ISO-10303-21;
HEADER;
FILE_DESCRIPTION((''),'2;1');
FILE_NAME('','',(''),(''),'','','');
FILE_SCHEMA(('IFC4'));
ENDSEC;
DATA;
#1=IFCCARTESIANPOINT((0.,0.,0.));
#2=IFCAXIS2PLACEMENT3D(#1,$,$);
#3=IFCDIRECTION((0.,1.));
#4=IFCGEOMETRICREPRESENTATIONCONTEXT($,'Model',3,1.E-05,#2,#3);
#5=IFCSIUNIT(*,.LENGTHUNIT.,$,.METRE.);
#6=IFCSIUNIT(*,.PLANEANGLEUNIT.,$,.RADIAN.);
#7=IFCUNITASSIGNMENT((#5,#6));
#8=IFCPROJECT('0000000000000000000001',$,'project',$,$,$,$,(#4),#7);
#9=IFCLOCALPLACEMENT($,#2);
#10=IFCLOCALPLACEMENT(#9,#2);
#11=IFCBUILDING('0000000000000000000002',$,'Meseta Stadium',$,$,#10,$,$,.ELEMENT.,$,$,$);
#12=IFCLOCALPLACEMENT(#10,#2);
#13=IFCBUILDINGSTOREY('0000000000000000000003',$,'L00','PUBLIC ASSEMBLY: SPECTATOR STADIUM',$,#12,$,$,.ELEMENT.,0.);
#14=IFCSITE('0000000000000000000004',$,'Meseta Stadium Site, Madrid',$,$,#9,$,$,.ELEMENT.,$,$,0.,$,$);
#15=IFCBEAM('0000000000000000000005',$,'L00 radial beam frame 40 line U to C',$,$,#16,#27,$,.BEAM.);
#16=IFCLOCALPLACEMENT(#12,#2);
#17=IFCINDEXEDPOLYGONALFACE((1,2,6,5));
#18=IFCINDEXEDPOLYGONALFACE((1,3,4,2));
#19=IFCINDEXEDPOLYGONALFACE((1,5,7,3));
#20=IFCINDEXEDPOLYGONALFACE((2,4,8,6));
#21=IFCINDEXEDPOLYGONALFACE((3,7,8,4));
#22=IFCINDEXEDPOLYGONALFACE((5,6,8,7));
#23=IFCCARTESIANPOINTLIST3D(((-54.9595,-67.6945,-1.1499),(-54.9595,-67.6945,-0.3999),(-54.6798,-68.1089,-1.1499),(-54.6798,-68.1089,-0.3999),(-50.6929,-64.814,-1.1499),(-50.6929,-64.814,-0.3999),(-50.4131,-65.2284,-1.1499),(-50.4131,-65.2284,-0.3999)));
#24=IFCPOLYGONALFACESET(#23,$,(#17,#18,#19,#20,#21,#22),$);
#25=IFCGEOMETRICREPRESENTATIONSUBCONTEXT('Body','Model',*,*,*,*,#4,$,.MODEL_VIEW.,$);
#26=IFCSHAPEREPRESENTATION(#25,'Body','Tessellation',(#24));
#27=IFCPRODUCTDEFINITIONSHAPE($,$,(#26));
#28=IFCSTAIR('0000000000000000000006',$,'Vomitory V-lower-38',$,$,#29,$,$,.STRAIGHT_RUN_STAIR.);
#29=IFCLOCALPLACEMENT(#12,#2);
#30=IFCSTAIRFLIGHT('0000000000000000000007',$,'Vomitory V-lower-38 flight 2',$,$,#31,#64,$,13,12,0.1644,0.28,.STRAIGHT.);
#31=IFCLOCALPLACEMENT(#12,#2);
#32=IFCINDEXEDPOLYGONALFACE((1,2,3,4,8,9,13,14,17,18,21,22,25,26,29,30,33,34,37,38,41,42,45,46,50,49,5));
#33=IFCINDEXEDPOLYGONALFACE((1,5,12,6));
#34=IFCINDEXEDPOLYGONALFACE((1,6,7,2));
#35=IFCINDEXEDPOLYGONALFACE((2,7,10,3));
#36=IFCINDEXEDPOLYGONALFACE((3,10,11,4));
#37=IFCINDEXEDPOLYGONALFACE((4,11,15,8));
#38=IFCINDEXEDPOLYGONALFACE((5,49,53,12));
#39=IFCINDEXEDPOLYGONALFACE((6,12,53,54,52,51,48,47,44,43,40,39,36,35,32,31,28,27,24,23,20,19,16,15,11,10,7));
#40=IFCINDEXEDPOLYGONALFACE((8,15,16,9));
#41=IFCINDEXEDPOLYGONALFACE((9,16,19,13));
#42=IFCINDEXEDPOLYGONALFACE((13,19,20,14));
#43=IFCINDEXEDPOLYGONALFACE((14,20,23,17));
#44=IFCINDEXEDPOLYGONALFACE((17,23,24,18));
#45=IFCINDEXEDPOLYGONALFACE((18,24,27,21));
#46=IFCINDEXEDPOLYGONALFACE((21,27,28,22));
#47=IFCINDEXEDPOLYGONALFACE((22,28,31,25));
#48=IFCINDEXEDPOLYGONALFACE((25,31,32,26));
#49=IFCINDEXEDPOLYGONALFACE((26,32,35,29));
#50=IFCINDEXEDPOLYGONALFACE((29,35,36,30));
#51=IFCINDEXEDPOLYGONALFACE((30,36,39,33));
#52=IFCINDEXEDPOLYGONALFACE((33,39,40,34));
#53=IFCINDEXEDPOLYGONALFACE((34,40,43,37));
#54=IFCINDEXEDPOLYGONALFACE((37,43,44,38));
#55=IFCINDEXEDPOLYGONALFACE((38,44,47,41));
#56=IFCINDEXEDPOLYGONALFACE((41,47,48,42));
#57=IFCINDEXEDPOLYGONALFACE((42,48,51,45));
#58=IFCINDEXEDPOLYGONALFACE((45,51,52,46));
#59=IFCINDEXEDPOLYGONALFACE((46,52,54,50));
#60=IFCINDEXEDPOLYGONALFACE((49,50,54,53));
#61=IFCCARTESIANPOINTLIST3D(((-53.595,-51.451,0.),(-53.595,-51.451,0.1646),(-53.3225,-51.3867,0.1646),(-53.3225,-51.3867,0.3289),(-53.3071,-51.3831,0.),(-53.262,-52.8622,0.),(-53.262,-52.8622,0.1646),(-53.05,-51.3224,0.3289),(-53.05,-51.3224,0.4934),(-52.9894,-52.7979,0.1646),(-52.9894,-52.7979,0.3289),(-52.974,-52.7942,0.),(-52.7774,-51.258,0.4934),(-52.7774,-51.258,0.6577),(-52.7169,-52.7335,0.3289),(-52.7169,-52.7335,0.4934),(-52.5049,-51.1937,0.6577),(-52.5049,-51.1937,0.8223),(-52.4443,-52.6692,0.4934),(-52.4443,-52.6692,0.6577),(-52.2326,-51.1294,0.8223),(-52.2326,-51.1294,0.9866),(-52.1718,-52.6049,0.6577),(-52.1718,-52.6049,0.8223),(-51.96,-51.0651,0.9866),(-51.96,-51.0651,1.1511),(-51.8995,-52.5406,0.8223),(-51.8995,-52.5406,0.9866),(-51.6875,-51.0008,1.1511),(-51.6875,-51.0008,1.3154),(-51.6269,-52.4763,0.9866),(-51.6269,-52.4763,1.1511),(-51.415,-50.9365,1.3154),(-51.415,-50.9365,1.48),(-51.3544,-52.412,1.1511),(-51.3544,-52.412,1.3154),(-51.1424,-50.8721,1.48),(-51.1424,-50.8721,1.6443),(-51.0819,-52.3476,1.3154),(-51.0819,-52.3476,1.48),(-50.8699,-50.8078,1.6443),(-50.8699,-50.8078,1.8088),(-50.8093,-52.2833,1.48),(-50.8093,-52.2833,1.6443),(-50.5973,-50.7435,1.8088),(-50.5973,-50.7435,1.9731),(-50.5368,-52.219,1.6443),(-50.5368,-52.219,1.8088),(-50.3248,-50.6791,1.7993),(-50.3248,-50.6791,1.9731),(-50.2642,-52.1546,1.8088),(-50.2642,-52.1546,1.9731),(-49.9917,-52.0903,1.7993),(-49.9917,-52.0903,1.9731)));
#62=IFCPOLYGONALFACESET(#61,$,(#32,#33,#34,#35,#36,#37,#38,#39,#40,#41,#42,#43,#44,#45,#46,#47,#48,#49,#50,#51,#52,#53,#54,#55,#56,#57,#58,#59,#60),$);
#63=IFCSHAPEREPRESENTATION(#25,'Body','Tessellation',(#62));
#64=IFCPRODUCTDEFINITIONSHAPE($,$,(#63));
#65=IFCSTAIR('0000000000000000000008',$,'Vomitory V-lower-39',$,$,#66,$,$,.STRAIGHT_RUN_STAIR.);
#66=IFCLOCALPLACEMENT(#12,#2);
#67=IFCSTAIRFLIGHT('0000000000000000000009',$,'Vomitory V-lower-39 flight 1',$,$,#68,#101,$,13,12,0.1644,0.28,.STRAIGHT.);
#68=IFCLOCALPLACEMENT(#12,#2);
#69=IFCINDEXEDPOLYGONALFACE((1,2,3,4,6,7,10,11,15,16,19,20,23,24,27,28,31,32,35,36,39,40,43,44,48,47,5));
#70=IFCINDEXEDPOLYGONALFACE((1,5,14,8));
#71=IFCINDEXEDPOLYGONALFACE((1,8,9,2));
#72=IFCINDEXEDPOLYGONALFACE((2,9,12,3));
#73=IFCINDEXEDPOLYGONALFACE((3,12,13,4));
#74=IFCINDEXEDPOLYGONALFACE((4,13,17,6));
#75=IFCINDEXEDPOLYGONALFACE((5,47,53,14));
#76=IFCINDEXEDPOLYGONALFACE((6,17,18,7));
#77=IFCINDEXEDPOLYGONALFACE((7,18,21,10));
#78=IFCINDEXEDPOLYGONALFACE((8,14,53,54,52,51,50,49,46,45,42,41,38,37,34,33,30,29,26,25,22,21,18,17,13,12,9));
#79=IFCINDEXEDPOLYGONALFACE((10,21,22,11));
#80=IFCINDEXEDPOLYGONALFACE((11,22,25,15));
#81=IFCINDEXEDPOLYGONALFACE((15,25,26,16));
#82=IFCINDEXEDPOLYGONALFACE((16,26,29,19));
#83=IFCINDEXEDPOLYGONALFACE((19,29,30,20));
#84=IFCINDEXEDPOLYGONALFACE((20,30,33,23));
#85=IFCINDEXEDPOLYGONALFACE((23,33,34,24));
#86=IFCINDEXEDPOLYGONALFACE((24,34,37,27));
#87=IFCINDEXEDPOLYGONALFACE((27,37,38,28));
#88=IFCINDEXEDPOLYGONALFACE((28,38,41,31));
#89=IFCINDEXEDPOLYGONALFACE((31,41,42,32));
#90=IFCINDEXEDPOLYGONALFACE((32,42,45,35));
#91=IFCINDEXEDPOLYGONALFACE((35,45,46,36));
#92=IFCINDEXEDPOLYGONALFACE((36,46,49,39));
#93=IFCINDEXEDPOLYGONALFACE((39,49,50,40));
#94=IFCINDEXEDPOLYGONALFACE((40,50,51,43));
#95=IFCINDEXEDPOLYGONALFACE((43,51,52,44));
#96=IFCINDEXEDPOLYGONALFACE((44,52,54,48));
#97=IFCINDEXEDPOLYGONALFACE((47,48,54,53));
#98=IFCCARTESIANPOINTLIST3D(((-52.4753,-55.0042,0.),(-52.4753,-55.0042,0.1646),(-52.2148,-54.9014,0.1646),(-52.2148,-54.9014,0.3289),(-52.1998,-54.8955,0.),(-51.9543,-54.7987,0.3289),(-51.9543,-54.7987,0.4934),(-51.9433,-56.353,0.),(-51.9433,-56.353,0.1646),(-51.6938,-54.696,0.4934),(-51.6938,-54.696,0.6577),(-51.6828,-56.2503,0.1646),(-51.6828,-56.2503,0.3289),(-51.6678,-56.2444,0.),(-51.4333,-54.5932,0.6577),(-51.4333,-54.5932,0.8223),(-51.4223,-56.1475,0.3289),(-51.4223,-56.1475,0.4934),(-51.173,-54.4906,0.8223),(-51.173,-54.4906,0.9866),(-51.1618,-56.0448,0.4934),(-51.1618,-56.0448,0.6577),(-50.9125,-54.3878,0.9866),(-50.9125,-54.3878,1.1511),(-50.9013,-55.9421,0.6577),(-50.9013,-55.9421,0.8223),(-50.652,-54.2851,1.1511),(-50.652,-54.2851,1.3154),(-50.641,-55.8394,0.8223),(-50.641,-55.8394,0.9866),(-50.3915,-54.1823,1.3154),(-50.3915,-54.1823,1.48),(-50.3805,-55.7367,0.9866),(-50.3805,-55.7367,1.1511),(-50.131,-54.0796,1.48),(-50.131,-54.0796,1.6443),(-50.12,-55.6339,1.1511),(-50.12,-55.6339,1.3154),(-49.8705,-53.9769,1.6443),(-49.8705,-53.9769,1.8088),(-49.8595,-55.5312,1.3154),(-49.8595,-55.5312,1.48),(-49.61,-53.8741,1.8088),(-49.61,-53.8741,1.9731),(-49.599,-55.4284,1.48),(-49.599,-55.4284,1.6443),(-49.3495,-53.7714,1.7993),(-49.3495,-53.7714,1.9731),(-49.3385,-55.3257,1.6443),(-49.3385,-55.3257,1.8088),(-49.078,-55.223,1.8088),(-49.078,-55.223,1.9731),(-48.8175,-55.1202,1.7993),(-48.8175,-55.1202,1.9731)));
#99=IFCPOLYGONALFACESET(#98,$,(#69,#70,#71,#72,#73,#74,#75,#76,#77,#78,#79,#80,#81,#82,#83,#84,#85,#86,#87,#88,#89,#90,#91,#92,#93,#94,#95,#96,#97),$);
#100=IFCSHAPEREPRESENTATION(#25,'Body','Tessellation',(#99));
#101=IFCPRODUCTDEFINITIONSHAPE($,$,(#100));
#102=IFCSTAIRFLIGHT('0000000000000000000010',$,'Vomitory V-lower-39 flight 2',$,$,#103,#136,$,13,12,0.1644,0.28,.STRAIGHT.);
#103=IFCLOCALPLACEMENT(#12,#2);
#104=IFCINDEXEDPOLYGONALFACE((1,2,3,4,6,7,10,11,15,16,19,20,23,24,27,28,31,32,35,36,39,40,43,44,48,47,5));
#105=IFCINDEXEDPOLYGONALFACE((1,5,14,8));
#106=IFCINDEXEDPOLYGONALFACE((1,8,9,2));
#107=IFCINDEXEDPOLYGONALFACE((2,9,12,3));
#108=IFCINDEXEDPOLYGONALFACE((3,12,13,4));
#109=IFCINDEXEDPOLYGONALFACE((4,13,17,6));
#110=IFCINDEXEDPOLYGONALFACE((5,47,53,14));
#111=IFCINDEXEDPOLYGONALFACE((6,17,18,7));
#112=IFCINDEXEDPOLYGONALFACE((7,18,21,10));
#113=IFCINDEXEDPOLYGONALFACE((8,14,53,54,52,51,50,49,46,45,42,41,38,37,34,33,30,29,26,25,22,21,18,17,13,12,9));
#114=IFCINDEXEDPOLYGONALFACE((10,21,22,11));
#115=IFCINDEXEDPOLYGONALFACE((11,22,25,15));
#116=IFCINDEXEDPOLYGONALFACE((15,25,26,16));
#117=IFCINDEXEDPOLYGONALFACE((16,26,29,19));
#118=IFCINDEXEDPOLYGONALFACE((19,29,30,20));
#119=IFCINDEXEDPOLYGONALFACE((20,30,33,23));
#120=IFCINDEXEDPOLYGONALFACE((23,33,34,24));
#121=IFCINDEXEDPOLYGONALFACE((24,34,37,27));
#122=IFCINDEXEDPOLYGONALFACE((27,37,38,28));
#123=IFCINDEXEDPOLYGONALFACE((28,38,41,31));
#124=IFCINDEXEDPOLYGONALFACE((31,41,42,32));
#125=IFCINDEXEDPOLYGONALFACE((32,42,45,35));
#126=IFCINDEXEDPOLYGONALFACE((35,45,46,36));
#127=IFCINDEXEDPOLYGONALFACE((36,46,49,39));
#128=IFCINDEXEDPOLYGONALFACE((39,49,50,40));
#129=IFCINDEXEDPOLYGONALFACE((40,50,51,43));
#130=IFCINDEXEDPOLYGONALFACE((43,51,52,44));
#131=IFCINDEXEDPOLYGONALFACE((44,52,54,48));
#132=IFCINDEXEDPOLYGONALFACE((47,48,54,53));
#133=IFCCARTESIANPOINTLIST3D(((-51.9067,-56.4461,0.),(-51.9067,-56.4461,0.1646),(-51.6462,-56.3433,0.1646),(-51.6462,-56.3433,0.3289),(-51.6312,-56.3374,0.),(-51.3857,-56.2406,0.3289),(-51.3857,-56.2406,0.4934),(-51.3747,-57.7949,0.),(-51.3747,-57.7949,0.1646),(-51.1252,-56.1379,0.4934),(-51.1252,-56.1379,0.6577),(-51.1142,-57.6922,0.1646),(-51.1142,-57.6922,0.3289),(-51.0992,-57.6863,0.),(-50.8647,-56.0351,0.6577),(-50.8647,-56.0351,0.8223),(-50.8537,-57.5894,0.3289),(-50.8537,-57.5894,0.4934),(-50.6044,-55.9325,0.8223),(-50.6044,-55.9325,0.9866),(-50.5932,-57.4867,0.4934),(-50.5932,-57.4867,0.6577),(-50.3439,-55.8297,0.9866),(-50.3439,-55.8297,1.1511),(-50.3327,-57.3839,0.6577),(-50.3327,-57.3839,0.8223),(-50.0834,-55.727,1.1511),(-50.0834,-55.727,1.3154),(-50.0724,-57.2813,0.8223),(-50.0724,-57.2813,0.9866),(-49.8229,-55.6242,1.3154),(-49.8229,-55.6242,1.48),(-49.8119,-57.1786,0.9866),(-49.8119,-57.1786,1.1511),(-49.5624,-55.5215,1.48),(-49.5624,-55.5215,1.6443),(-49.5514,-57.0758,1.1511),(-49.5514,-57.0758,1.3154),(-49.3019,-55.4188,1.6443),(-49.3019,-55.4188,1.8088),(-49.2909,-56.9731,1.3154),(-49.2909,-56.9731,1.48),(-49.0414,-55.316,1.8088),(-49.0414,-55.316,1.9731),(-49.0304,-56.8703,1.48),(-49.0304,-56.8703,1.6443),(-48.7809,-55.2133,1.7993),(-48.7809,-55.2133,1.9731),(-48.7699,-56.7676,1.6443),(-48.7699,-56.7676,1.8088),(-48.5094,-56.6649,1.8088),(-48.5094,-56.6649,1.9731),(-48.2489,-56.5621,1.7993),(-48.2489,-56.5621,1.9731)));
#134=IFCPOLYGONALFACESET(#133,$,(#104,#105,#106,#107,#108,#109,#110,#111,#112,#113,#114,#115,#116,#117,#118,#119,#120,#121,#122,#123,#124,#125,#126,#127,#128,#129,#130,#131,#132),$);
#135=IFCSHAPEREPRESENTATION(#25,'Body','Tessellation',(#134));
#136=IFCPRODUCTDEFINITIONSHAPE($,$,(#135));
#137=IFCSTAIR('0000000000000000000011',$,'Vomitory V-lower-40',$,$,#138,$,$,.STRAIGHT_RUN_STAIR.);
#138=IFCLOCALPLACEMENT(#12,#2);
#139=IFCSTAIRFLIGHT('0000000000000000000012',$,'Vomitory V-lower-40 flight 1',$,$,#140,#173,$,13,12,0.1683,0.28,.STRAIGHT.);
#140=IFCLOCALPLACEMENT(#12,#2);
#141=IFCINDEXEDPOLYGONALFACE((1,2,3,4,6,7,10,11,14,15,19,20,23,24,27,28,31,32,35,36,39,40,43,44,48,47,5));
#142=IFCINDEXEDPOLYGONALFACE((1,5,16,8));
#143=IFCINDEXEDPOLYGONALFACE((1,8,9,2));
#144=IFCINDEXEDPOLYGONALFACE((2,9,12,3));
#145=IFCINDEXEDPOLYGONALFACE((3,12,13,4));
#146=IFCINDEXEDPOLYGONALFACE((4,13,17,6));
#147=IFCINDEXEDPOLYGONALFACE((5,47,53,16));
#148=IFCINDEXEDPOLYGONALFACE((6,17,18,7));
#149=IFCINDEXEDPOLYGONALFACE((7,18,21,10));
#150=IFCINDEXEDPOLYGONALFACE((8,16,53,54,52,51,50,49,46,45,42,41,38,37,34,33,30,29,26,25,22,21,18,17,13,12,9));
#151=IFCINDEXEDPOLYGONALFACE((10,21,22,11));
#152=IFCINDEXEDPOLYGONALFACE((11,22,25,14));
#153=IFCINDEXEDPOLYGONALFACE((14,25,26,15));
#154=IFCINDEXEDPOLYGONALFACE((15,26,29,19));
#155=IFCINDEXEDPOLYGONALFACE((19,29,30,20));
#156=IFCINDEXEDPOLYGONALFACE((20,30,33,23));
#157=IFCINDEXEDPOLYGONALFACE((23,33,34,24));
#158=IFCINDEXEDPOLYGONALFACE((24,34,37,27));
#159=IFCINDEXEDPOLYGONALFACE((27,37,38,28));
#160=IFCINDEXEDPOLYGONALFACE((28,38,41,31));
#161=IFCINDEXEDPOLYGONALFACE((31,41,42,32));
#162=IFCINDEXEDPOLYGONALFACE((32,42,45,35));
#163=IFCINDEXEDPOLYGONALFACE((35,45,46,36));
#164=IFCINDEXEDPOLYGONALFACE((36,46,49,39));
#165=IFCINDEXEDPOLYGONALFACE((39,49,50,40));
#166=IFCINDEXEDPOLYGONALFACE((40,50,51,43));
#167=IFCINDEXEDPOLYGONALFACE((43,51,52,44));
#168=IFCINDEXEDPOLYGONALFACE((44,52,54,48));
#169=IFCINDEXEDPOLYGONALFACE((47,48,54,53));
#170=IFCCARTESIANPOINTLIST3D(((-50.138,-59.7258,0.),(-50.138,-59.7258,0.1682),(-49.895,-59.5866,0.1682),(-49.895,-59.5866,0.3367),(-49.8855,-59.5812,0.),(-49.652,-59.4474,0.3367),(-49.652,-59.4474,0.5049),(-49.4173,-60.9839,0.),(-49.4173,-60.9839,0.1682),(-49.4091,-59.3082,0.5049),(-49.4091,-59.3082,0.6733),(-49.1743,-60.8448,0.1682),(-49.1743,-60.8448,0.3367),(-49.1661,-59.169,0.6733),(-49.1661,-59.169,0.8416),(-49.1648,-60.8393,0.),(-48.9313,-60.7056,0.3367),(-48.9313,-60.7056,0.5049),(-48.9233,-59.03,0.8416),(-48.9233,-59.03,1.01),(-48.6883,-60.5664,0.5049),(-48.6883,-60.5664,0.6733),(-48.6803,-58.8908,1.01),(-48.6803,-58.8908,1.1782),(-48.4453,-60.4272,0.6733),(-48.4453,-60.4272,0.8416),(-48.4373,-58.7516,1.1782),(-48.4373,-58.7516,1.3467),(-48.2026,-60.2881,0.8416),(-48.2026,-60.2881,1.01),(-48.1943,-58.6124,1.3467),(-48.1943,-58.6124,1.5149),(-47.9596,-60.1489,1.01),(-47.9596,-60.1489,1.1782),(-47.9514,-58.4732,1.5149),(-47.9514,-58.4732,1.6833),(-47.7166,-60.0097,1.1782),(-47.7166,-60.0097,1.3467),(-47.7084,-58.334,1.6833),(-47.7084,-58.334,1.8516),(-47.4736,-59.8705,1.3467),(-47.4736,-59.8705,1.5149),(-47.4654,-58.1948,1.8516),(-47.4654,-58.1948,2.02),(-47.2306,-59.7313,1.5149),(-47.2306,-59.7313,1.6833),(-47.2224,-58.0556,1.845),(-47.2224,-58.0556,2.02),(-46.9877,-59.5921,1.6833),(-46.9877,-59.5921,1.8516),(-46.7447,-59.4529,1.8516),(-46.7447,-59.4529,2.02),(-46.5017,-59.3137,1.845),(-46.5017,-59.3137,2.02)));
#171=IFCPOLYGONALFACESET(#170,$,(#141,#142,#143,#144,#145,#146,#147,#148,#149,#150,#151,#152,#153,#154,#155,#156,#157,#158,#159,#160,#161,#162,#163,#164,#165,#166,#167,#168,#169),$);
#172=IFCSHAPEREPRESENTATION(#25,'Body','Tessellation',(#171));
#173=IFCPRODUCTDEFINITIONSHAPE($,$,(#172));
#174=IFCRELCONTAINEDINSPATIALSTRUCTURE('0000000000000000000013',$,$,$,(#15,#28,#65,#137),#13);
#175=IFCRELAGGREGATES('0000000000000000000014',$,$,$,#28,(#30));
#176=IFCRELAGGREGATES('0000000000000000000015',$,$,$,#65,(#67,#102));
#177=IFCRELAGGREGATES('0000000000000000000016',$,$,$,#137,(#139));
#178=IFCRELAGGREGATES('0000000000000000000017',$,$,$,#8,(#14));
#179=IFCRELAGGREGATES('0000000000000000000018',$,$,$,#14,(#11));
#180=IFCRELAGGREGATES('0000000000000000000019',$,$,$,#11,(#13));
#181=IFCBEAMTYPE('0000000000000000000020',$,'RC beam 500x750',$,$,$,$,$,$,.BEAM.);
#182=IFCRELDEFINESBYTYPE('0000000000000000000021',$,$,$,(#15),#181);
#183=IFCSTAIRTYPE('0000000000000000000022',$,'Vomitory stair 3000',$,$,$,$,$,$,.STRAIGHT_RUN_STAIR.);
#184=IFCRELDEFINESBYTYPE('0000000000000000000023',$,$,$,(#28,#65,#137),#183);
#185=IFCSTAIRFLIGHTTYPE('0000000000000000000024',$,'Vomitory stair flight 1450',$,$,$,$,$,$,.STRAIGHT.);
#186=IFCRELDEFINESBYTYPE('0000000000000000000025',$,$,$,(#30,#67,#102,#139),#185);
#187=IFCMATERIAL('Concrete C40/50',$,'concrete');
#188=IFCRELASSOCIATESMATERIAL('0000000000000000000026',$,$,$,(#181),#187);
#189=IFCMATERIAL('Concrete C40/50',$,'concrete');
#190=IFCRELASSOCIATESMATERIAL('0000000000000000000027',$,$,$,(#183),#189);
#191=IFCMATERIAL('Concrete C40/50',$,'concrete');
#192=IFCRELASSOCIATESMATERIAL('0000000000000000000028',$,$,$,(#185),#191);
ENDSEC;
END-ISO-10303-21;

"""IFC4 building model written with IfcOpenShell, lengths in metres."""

from ifc_helpers import new_model, si_unit, direction, frame, origin, origin_2d, place, context, subcontext, project, spatial, polyline, rectangle, outline, extrude, material, material_profile, profile_set, type_object, element, aggregate, save


model = new_model("IFC4")

# Units and contexts
model_context = context("Model", 3, precision=1e-05, world=origin(), true_north=direction((0.0, 1.0)))
body_context = subcontext(model_context, "Body", "Model", "MODEL_VIEW")
ifc_project = project(units=[si_unit("LENGTHUNIT", "METRE"), si_unit("PLANEANGLEUNIT", "RADIAN")], contexts=[model_context])

# Site, building, storey
site_placement = place(None, origin())
site = spatial("IfcSite", under=ifc_project, at=site_placement, Name="Meseta Stadium Site, Madrid", CompositionType="ELEMENT", RefElevation=0.0)
building_placement = place(site_placement, origin())
building = spatial("IfcBuilding", under=site, at=building_placement, Name="Meseta Stadium", CompositionType="ELEMENT")
storey_placement = place(building_placement, origin())
storey = spatial("IfcBuildingStorey", under=building, at=storey_placement, Name="L00", Description="PUBLIC ASSEMBLY: SPECTATOR STADIUM", CompositionType="ELEMENT", Elevation=0.0)

# Beam
ifc_material_1 = material(Name="Concrete C40/50", Category="concrete")
ifc_material_profile_1 = material_profile(ifc_material_1, rectangle(XDim=0.5, YDim=0.75, at=origin_2d()), Name="RC 500x750")
ifc_profile_set_1 = profile_set([ifc_material_profile_1], Name="Concrete C40/50")
beam_type = type_object("IfcBeamType", Name="RC beam 500x750", PredefinedType="BEAM", material=ifc_profile_set_1)
beam_1_placement = place(storey_placement, frame((-50.553, -65.0212, -0.7749), z_axis=(-0.828811, -0.559528, 0.0), x_axis=(0.559528, -0.828811, 0.0)))
element("IfcBeam", 1, at=beam_1_placement, inside=storey, type_object=beam_type, Name="L00 radial beam frame 40 line U to C", PredefinedType="BEAM", context=body_context, shape_type="SweptSolid", body=[
    extrude(rectangle(XDim=0.5, YDim=0.75, at=origin_2d()), origin(), (0.0, 0.0, 1.0), 5.1479),
])

# Stair, stair flight
ifc_material_2 = material(Name="Concrete C40/50", Category="concrete")
stair_type = type_object("IfcStairType", Name="Vomitory stair 3000", PredefinedType="STRAIGHT_RUN_STAIR", material=ifc_material_2)
stair_1_placement = place(storey_placement, origin())
stair_1 = element("IfcStair", 2, at=stair_1_placement, inside=storey, type_object=stair_type, Name="Vomitory V-lower-38", PredefinedType="STRAIGHT_RUN_STAIR")
ifc_material_3 = material(Name="Concrete C40/50", Category="concrete")
stair_flight_type = type_object("IfcStairFlightType", Name="Vomitory stair flight 1450", PredefinedType="STRAIGHT", material=ifc_material_3)
stair_flight_1_placement = place(storey_placement, frame((-53.4285, -52.1567, 0.0), z_axis=(0.0, 0.0, 1.0), x_axis=(0.973256, 0.229722, 0.0)))
stair_flight_1 = element("IfcStairFlight", 3, at=stair_flight_1_placement, type_object=stair_flight_type, Name="Vomitory V-lower-38 flight 2", NumberOfRisers=13, NumberOfTreads=12, PredefinedType="STRAIGHT", RiserHeight=0.1644, TreadLength=0.28, context=body_context, shape_type="SweptSolid", body=[
    extrude(outline(polyline([(0.0, 0.0), (0.0, 0.1646), (0.28, 0.1646), (0.28, 0.3289), (0.5601, 0.3289), (0.5601, 0.4934), (0.8401, 0.4934), (0.8401, 0.6577), (1.1201, 0.6577), (1.1201, 0.8223), (1.3999, 0.8223), (1.3999, 0.9866), (1.6799, 0.9866), (1.6799, 1.1511), (1.96, 1.1511), (1.96, 1.3154), (2.24, 1.3154), (2.24, 1.48), (2.52, 1.48), (2.52, 1.6443), (2.8, 1.6443), (2.8, 1.8088), (3.0801, 1.8088), (3.0801, 1.9731), (3.3601, 1.9731), (3.3601, 1.7993), (0.2959, 0.0), (0.0, 0.0)])), frame((0.0, 0.7251, 0.0), z_axis=(0.0, -1.0, 0.0), x_axis=(1.0, 0.0, 0.0)), (0.0, 0.0, 1.0), 1.45),
])
aggregate(stair_1, [stair_flight_1])

# Stairs, stair flights
stair_2_placement = place(storey_placement, origin())
stair_2 = element("IfcStair", 4, at=stair_2_placement, inside=storey, type_object=stair_type, Name="Vomitory V-lower-39", PredefinedType="STRAIGHT_RUN_STAIR")
stair_flight_2_placement = place(storey_placement, frame((-52.2092, -55.6787, 0.0), z_axis=(0.0, 0.0, 1.0), x_axis=(0.930263, 0.366893, 0.0)))
stair_flight_2 = element("IfcStairFlight", 5, at=stair_flight_2_placement, type_object=stair_flight_type, Name="Vomitory V-lower-39 flight 1", NumberOfRisers=13, NumberOfTreads=12, PredefinedType="STRAIGHT", RiserHeight=0.1644, TreadLength=0.28, context=body_context, shape_type="SweptSolid", body=[
    extrude(outline(polyline([(0.0, 0.0), (0.0, 0.1646), (0.28, 0.1646), (0.28, 0.3289), (0.5601, 0.3289), (0.5601, 0.4934), (0.8401, 0.4934), (0.8401, 0.6577), (1.1201, 0.6577), (1.1201, 0.8223), (1.3999, 0.8223), (1.3999, 0.9866), (1.6799, 0.9866), (1.6799, 1.1511), (1.96, 1.1511), (1.96, 1.3154), (2.24, 1.3154), (2.24, 1.48), (2.52, 1.48), (2.52, 1.6443), (2.8, 1.6443), (2.8, 1.8088), (3.0801, 1.8088), (3.0801, 1.9731), (3.3601, 1.9731), (3.3601, 1.7993), (0.2961, 0.0), (0.0, 0.0)])), frame((0.0, 0.7251, 0.0), z_axis=(0.0, -1.0, 0.0), x_axis=(1.0, 0.0, 0.0)), (0.0, 0.0, 1.0), 1.45),
])
stair_flight_3_placement = place(storey_placement, frame((-51.6406, -57.1206, 0.0), z_axis=(0.0, 0.0, 1.0), x_axis=(0.930263, 0.366893, 0.0)))
stair_flight_3 = element("IfcStairFlight", 6, at=stair_flight_3_placement, type_object=stair_flight_type, Name="Vomitory V-lower-39 flight 2", NumberOfRisers=13, NumberOfTreads=12, PredefinedType="STRAIGHT", RiserHeight=0.1644, TreadLength=0.28, context=body_context, shape_type="SweptSolid", body=[
    extrude(outline(polyline([(0.0, 0.0), (0.0, 0.1646), (0.28, 0.1646), (0.28, 0.3289), (0.5601, 0.3289), (0.5601, 0.4934), (0.8401, 0.4934), (0.8401, 0.6577), (1.1201, 0.6577), (1.1201, 0.8223), (1.3999, 0.8223), (1.3999, 0.9866), (1.6799, 0.9866), (1.6799, 1.1511), (1.96, 1.1511), (1.96, 1.3154), (2.24, 1.3154), (2.24, 1.48), (2.52, 1.48), (2.52, 1.6443), (2.8, 1.6443), (2.8, 1.8088), (3.0801, 1.8088), (3.0801, 1.9731), (3.3601, 1.9731), (3.3601, 1.7993), (0.2961, 0.0), (0.0, 0.0)])), frame((0.0, 0.7251, 0.0), z_axis=(0.0, -1.0, 0.0), x_axis=(1.0, 0.0, 0.0)), (0.0, 0.0, 1.0), 1.45),
])
aggregate(stair_2, [stair_flight_2, stair_flight_3])
stair_3_placement = place(storey_placement, origin())
stair_3 = element("IfcStair", 7, at=stair_3_placement, inside=storey, type_object=stair_type, Name="Vomitory V-lower-40", PredefinedType="STRAIGHT_RUN_STAIR")
stair_flight_4_placement = place(storey_placement, frame((-49.7776, -60.355, 0.0), z_axis=(0.0, 0.0, 1.0), x_axis=(0.867712, 0.497068, 0.0)))
stair_flight_4 = element("IfcStairFlight", 8, at=stair_flight_4_placement, type_object=stair_flight_type, Name="Vomitory V-lower-40 flight 1", NumberOfRisers=13, NumberOfTreads=12, PredefinedType="STRAIGHT", RiserHeight=0.1683, TreadLength=0.28, context=body_context, shape_type="SweptSolid", body=[
    extrude(outline(polyline([(0.0, 0.0), (0.0, 0.1682), (0.28, 0.1682), (0.28, 0.3367), (0.5601, 0.3367), (0.5601, 0.5049), (0.8401, 0.5049), (0.8401, 0.6733), (1.1201, 0.6733), (1.1201, 0.8416), (1.3999, 0.8416), (1.3999, 1.01), (1.6799, 1.01), (1.6799, 1.1782), (1.96, 1.1782), (1.96, 1.3467), (2.24, 1.3467), (2.24, 1.5149), (2.52, 1.5149), (2.52, 1.6833), (2.8, 1.6833), (2.8, 1.8516), (3.0801, 1.8516), (3.0801, 2.02), (3.3601, 2.02), (3.3601, 1.845), (0.291, 0.0), (0.0, 0.0)])), frame((0.0, 0.7251, 0.0), z_axis=(0.0, -1.0, 0.0), x_axis=(1.0, 0.0, 0.0)), (0.0, 0.0, 1.0), 1.45),
])
aggregate(stair_3, [stair_flight_4])

save(model, "model.ifc")
